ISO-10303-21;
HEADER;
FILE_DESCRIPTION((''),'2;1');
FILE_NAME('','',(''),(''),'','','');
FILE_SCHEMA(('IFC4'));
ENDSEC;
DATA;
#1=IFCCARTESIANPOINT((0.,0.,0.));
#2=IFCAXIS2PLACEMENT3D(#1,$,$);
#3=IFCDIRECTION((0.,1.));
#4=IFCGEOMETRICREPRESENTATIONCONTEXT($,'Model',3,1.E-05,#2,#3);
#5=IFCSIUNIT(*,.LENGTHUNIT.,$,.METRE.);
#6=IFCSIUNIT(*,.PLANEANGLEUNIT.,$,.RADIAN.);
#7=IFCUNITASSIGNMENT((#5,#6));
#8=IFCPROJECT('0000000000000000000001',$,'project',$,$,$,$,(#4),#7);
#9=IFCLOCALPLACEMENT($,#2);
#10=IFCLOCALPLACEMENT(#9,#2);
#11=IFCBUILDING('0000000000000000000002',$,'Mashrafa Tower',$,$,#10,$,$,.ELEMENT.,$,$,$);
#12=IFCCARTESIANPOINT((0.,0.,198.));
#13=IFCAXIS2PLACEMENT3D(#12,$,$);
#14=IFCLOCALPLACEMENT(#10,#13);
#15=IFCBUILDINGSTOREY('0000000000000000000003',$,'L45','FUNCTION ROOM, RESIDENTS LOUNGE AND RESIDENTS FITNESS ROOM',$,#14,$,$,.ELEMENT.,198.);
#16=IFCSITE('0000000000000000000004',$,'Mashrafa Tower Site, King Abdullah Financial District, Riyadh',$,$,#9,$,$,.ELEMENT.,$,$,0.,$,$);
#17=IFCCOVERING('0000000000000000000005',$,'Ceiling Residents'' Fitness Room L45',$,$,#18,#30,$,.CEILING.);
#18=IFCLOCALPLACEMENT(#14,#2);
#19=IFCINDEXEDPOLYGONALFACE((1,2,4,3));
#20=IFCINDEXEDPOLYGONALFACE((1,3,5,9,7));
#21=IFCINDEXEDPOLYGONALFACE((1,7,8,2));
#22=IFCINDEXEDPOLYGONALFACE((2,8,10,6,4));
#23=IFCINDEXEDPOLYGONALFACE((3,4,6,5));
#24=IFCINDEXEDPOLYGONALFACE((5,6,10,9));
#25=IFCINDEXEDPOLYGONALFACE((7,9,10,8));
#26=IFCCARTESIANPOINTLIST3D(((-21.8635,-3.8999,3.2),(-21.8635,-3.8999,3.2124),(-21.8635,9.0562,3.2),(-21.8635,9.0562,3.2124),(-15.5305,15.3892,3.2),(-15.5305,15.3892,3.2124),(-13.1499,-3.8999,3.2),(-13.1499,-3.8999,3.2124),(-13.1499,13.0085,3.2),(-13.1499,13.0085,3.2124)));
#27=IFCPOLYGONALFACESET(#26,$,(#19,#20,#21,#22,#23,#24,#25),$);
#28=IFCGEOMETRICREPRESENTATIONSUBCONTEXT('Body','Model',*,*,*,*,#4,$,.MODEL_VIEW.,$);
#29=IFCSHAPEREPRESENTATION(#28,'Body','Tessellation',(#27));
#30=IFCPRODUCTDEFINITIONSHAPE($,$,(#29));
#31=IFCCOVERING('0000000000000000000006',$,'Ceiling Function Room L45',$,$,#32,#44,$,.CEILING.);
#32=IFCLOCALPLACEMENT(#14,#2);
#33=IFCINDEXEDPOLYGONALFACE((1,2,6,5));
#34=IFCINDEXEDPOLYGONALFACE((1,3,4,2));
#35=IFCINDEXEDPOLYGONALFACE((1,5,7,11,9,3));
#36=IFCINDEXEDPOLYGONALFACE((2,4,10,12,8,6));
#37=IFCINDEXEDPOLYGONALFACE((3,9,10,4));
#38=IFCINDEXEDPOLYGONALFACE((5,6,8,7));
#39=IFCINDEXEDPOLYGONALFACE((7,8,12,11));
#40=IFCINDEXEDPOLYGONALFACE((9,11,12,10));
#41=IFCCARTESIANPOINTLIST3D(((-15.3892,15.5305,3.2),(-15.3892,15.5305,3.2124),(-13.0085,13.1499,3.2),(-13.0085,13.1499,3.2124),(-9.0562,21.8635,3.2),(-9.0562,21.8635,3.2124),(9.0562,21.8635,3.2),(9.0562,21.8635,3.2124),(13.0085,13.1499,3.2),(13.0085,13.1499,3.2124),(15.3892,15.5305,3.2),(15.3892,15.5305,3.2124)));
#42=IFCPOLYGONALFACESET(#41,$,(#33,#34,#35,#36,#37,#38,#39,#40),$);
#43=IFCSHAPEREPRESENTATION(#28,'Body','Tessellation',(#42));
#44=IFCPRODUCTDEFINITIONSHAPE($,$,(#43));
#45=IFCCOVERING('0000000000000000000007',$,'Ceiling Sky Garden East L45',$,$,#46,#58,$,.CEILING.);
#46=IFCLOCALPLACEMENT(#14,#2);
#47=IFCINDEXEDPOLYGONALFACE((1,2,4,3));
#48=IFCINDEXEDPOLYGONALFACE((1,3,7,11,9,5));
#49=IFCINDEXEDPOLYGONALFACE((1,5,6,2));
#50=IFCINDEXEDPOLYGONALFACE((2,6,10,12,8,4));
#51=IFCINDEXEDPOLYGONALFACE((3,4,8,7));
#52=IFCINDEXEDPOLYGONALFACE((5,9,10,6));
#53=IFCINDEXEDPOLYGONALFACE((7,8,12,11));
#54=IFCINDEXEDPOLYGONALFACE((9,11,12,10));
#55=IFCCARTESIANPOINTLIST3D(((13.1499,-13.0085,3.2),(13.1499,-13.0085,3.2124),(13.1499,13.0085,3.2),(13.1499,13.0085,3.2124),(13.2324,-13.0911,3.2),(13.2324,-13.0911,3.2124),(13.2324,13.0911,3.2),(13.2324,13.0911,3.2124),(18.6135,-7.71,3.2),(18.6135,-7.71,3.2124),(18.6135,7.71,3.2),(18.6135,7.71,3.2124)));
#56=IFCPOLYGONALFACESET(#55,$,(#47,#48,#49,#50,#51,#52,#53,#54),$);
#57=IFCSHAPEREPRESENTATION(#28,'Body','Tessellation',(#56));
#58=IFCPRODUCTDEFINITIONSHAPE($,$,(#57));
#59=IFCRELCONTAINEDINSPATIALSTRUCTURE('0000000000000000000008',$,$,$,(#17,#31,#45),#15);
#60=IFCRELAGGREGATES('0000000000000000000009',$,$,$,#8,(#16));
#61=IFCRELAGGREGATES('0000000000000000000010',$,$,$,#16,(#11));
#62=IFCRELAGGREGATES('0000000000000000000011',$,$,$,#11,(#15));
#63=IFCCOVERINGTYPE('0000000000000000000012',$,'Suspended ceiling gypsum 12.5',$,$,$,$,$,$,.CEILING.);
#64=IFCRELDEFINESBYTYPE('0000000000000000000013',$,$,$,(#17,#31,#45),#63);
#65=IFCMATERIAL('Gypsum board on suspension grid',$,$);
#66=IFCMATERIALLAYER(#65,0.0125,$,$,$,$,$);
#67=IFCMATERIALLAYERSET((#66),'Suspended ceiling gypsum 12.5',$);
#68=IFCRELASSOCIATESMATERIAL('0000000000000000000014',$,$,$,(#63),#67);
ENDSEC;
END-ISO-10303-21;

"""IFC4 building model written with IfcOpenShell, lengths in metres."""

from ifc_helpers import new_model, si_unit, direction, frame, origin, place, context, subcontext, project, spatial, polyline, outline, extrude, material, layer, layer_set, type_object, element, save


model = new_model("IFC4")

# Units and contexts
model_context = context("Model", 3, precision=1e-05, world=origin(), true_north=direction((0.0, 1.0)))
body_context = subcontext(model_context, "Body", "Model", "MODEL_VIEW")
ifc_project = project(units=[si_unit("LENGTHUNIT", "METRE"), si_unit("PLANEANGLEUNIT", "RADIAN")], contexts=[model_context])

# Site, building, storey
site_placement = place(None, origin())
site = spatial("IfcSite", under=ifc_project, at=site_placement, Name="Mashrafa Tower Site, King Abdullah Financial District, Riyadh", CompositionType="ELEMENT", RefElevation=0.0)
building_placement = place(site_placement, origin())
building = spatial("IfcBuilding", under=site, at=building_placement, Name="Mashrafa Tower", CompositionType="ELEMENT")
storey_placement = place(building_placement, frame((0.0, 0.0, 198.0)))
storey = spatial("IfcBuildingStorey", under=building, at=storey_placement, Name="L45", Description="FUNCTION ROOM, RESIDENTS LOUNGE AND RESIDENTS FITNESS ROOM", CompositionType="ELEMENT", Elevation=198.0)

# Coverings
ifc_material_1 = material(Name="Gypsum board on suspension grid")
ifc_layer_1 = layer(ifc_material_1, 0.0125)
ifc_layer_set_1 = layer_set([ifc_layer_1], Name="Suspended ceiling gypsum 12.5")
covering_type = type_object("IfcCoveringType", Name="Suspended ceiling gypsum 12.5", PredefinedType="CEILING", material=ifc_layer_set_1)
covering_1_placement = place(storey_placement, frame((0.0, 0.0, 3.2)))
element("IfcCovering", 1, at=covering_1_placement, inside=storey, type_object=covering_type, Name="Ceiling Residents' Fitness Room L45", PredefinedType="CEILING", context=body_context, shape_type="SweptSolid", body=[
    extrude(outline(polyline([(-13.1499, 13.0085), (-13.1499, -3.8999), (-21.8635, -3.8999), (-21.8635, 9.0562), (-15.5305, 15.3892), (-13.1499, 13.0085)])), origin(), (0.0, 0.0, 1.0), 0.0125),
])
covering_2_placement = place(storey_placement, frame((0.0, 0.0, 3.2)))
element("IfcCovering", 2, at=covering_2_placement, inside=storey, type_object=covering_type, Name="Ceiling Function Room L45", PredefinedType="CEILING", context=body_context, shape_type="SweptSolid", body=[
    extrude(outline(polyline([(13.0085, 13.1499), (-13.0085, 13.1499), (-15.3892, 15.5305), (-9.0562, 21.8635), (9.0562, 21.8635), (15.3892, 15.5305), (13.0085, 13.1499)])), origin(), (0.0, 0.0, 1.0), 0.0125),
])
covering_3_placement = place(storey_placement, frame((0.0, 0.0, 3.2)))
element("IfcCovering", 3, at=covering_3_placement, inside=storey, type_object=covering_type, Name="Ceiling Sky Garden East L45", PredefinedType="CEILING", context=body_context, shape_type="SweptSolid", body=[
    extrude(outline(polyline([(13.1499, 13.0085), (13.2324, 13.0911), (18.6135, 7.71), (18.6135, -7.71), (13.2324, -13.0911), (13.1499, -13.0085), (13.1499, 13.0085)])), origin(), (0.0, 0.0, 1.0), 0.0125),
])

save(model, "model.ifc")
